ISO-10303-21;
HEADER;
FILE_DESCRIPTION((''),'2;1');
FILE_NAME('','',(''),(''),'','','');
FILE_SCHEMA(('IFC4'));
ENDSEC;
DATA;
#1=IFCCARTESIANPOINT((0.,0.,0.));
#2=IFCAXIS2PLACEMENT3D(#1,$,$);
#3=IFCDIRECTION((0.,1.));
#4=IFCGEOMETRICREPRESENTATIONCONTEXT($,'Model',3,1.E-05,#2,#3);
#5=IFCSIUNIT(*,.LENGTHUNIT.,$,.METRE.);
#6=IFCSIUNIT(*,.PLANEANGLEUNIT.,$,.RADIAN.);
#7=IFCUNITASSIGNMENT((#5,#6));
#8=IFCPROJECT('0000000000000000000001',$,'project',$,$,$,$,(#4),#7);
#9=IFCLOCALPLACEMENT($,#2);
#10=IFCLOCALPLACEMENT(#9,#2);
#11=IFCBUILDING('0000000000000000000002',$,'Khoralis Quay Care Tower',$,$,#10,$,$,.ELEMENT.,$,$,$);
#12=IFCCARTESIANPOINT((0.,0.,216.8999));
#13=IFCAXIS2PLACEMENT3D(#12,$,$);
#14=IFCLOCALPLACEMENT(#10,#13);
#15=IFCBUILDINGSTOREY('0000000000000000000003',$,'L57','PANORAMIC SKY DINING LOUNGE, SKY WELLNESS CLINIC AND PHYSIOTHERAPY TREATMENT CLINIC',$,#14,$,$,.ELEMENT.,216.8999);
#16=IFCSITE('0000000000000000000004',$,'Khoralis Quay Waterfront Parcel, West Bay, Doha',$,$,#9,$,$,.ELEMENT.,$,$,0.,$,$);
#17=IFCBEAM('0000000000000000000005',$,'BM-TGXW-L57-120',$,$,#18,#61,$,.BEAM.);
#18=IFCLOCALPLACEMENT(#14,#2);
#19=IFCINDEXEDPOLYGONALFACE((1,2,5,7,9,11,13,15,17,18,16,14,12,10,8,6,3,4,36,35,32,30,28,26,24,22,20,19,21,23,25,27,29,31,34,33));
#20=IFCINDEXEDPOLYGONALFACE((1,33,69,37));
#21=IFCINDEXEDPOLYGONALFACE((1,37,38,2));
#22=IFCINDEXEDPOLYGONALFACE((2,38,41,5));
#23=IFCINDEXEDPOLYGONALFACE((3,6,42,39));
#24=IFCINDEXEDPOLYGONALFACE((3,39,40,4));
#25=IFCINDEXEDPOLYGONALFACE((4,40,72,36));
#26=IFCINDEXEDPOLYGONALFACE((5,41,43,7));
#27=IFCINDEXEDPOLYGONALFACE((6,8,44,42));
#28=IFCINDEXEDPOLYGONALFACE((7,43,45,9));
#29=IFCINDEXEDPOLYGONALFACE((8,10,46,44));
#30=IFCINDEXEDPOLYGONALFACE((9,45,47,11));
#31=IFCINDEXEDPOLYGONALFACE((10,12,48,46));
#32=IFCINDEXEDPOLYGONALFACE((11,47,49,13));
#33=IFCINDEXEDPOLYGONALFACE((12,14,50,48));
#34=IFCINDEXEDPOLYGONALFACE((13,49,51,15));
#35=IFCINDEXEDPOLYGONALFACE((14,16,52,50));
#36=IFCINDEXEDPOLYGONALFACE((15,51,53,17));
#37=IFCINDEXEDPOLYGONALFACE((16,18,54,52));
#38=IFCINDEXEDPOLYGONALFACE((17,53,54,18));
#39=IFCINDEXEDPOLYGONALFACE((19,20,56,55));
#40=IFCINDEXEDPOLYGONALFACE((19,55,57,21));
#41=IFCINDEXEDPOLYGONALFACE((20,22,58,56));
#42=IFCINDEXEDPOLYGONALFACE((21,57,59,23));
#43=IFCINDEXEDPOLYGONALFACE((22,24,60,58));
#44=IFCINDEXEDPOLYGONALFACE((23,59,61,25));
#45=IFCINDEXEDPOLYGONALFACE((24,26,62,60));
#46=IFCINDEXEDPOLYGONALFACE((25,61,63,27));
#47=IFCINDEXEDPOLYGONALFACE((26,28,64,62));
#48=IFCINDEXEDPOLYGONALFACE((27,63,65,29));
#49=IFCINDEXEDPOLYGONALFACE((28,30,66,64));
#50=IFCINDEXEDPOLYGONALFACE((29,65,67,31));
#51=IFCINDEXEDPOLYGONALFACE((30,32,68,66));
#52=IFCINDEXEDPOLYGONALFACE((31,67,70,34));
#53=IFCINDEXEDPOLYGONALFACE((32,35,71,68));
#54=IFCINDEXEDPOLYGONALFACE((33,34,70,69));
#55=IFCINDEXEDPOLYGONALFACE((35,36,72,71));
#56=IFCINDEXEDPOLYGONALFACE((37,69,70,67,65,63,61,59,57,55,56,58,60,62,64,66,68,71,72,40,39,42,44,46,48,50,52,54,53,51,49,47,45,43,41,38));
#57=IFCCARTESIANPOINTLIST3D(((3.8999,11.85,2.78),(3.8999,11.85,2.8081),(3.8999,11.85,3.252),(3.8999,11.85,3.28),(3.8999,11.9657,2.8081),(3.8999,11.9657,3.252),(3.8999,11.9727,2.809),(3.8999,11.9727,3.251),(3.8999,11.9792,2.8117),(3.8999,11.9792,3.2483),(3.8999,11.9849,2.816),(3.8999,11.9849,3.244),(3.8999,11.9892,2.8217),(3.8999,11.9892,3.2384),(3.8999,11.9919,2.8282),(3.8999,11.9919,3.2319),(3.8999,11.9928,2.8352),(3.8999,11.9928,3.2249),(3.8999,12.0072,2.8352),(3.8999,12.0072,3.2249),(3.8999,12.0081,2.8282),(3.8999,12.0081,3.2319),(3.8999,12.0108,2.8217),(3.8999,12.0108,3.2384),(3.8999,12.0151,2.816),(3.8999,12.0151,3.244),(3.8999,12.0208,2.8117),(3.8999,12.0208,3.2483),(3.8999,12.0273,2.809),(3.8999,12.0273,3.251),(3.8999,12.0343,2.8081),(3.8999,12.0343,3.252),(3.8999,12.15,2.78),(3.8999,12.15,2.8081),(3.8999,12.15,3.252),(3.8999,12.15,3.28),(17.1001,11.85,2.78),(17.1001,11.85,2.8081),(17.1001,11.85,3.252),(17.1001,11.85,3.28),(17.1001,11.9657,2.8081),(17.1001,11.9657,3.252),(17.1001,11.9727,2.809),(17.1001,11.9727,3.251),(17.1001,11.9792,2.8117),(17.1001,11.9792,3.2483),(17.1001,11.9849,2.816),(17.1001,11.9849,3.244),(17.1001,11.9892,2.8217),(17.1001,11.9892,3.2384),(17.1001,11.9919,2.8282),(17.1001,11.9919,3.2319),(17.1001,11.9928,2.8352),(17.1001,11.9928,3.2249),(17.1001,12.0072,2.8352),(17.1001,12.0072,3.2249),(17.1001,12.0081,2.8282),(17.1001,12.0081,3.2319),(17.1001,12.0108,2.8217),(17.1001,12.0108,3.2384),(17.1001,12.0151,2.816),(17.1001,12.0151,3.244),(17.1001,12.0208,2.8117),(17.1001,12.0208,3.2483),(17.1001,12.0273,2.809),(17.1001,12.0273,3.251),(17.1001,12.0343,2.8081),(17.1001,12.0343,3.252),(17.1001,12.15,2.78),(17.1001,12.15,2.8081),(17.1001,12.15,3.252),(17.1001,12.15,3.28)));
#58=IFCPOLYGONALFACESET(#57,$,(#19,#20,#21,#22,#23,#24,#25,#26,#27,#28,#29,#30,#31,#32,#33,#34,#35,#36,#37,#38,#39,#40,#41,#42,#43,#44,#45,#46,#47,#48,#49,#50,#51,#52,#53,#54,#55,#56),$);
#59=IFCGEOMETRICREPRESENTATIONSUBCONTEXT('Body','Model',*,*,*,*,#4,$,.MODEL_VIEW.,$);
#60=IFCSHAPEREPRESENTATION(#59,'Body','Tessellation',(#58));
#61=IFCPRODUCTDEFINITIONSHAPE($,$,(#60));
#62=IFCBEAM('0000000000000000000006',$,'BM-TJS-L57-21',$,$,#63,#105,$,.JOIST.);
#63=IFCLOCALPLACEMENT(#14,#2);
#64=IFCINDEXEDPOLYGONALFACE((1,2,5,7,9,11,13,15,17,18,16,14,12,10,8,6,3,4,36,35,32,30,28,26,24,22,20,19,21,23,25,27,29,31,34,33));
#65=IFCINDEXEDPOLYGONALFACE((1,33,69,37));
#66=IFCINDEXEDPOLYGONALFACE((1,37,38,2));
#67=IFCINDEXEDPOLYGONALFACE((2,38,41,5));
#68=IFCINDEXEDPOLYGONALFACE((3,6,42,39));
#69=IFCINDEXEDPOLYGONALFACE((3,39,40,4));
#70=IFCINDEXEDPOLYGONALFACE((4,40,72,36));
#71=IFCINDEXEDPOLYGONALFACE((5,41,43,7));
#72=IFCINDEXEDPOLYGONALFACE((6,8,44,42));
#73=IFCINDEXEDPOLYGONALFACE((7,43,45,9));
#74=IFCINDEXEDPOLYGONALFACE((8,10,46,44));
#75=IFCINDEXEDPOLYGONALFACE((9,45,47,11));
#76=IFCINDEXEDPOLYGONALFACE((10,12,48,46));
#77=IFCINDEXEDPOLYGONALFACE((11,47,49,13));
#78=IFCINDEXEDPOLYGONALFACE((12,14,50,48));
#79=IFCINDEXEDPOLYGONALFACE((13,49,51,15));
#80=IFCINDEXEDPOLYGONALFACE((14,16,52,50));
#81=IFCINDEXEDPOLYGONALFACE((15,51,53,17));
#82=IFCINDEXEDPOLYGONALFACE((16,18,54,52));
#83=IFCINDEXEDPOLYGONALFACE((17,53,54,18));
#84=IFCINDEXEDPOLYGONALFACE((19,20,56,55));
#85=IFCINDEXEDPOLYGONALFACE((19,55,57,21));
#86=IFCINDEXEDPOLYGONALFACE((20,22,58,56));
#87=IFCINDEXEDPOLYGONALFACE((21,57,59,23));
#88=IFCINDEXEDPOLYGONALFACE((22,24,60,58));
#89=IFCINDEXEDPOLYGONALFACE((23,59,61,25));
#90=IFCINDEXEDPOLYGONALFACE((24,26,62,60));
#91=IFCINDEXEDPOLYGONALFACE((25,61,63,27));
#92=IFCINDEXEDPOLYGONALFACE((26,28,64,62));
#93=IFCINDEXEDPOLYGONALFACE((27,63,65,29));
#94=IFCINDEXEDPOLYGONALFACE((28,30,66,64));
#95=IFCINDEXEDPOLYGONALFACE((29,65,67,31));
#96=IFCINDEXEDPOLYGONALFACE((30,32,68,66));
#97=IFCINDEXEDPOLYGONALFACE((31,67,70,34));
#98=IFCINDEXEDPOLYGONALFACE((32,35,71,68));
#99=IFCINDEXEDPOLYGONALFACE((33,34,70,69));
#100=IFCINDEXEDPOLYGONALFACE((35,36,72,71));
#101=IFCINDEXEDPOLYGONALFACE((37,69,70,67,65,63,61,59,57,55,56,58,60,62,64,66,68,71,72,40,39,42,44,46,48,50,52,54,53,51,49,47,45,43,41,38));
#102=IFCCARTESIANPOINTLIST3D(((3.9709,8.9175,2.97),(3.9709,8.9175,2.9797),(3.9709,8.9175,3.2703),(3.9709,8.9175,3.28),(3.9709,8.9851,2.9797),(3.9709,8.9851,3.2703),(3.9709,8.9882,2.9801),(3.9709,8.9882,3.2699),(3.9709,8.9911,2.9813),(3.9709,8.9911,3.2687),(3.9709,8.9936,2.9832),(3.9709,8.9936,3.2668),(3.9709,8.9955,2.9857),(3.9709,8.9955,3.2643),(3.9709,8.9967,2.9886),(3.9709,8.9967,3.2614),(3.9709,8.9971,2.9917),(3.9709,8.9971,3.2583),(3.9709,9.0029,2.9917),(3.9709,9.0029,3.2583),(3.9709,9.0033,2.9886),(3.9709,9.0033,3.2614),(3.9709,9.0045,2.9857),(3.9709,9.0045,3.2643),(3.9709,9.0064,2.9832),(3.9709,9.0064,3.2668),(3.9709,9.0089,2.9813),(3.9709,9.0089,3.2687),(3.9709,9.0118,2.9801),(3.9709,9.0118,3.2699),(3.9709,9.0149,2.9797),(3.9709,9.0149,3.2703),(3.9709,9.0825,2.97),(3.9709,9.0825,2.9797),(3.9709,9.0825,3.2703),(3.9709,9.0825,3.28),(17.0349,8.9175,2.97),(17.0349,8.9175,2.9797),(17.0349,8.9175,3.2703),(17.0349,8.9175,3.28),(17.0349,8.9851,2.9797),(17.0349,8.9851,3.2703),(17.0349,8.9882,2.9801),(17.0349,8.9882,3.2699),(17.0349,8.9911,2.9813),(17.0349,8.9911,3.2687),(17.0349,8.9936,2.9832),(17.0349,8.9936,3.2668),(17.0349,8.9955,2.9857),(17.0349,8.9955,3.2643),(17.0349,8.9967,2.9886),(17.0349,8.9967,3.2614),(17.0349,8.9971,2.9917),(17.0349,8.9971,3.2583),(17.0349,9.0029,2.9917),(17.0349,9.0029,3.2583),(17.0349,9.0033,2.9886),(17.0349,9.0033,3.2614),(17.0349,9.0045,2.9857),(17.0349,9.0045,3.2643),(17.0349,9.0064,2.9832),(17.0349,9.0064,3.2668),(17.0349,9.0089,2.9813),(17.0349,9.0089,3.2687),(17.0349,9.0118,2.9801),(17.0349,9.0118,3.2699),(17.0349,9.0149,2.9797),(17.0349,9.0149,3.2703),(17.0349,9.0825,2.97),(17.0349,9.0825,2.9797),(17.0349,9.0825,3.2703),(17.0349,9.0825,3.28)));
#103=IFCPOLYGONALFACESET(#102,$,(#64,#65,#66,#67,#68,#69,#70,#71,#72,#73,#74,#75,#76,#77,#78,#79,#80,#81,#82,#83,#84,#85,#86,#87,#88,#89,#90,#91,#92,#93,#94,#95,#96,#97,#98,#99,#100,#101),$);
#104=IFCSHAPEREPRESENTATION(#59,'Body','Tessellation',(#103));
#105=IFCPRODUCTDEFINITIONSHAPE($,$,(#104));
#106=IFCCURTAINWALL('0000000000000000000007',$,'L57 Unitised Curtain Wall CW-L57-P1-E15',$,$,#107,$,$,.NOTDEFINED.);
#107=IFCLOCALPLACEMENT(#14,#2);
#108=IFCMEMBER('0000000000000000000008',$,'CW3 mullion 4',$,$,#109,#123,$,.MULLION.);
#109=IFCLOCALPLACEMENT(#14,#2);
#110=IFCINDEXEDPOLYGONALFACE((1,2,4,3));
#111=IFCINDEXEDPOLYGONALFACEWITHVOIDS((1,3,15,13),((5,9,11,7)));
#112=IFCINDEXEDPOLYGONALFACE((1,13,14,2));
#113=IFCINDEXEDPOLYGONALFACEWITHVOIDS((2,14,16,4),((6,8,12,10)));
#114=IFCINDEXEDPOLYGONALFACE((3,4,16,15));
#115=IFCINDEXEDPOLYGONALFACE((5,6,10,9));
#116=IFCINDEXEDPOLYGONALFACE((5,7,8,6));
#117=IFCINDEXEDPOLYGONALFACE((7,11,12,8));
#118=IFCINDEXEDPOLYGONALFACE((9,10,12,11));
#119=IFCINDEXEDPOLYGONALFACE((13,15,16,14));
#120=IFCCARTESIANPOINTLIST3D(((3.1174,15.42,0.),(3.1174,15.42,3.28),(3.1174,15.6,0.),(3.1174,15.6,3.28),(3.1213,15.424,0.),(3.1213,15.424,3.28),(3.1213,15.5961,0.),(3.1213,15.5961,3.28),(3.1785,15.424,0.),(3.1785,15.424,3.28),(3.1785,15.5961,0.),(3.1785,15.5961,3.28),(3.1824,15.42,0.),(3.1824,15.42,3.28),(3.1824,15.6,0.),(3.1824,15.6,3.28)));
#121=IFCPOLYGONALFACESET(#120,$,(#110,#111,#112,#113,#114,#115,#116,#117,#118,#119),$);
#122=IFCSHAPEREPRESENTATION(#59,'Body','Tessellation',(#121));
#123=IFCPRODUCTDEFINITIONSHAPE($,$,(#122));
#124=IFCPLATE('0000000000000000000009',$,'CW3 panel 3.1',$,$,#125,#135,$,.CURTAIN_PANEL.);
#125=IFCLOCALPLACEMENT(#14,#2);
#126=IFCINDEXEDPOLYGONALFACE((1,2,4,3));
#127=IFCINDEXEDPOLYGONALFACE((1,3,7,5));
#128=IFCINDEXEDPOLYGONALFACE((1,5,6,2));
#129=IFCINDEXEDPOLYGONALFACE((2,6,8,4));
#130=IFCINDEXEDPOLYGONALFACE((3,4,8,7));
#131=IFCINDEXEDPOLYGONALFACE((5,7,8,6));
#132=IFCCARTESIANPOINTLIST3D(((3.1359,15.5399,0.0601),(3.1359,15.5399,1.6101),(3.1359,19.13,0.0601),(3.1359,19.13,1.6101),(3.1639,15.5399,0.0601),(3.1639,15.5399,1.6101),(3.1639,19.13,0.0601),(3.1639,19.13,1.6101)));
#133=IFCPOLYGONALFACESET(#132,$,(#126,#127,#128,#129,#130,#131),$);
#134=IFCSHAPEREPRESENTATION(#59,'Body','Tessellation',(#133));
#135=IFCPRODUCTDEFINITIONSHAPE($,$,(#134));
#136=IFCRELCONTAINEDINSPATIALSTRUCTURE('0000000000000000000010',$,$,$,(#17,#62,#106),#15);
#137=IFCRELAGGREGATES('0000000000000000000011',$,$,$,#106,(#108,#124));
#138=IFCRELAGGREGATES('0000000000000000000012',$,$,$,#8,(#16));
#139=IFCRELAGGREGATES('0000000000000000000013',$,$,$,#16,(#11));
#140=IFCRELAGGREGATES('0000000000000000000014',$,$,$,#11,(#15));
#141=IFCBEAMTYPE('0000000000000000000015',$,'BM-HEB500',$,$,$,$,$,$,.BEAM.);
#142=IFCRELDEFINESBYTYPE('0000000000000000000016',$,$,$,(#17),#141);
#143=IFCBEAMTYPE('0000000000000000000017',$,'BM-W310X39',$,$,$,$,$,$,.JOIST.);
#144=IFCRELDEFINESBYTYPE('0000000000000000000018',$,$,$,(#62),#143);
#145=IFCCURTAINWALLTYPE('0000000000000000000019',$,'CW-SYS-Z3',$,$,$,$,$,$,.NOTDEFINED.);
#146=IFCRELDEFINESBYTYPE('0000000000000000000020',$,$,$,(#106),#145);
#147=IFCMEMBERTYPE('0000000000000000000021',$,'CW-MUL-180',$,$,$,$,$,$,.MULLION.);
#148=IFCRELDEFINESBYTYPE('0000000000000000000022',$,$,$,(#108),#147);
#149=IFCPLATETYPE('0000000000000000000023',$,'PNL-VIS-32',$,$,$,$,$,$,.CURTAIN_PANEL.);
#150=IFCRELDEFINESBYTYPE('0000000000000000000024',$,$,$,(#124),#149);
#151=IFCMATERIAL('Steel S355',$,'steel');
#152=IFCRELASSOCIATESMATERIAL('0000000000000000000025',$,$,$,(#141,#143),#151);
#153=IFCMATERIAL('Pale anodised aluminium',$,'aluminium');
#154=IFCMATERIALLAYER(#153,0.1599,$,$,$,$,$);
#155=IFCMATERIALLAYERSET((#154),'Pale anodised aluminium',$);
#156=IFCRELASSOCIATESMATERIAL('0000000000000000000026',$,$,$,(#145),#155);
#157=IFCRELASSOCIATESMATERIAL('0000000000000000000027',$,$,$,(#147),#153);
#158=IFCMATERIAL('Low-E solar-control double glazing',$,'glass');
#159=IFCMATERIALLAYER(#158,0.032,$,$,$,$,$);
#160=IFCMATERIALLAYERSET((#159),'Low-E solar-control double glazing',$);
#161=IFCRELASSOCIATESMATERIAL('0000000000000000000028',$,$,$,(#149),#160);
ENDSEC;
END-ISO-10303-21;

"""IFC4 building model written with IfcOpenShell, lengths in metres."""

from ifc_helpers import new_model, si_unit, direction, frame, origin, origin_2d, place, context, subcontext, project, spatial, rectangle, hollow_rectangle, i_section, extrude, source, transform, mapped, material, layer, layer_set, material_profile, profile_set, type_object, element, aggregate, save


model = new_model("IFC4")

# Units and contexts
model_context = context("Model", 3, precision=1e-05, world=origin(), true_north=direction((0.0, 1.0)))
body_context = subcontext(model_context, "Body", "Model", "MODEL_VIEW")
ifc_project = project(units=[si_unit("LENGTHUNIT", "METRE"), si_unit("PLANEANGLEUNIT", "RADIAN")], contexts=[model_context])

# Site, building, storey
site_placement = place(None, origin())
site = spatial("IfcSite", under=ifc_project, at=site_placement, Name="Khoralis Quay Waterfront Parcel, West Bay, Doha", CompositionType="ELEMENT", RefElevation=0.0)
building_placement = place(site_placement, origin())
building = spatial("IfcBuilding", under=site, at=building_placement, Name="Khoralis Quay Care Tower", CompositionType="ELEMENT")
storey_placement = place(building_placement, frame((0.0, 0.0, 216.8999)))
storey = spatial("IfcBuildingStorey", under=building, at=storey_placement, Name="L57", Description="PANORAMIC SKY DINING LOUNGE, SKY WELLNESS CLINIC AND PHYSIOTHERAPY TREATMENT CLINIC", CompositionType="ELEMENT", Elevation=216.8999)

# Beams
ifc_material_1 = material(Name="Steel S355", Category="steel")
ifc_material_profile_1 = material_profile(ifc_material_1, i_section(OverallWidth=0.3, OverallDepth=0.5, WebThickness=0.0144, FlangeThickness=0.0281, FilletRadius=0.0271, at=origin_2d()), Name="Steel S355")
ifc_profile_set_1 = profile_set([ifc_material_profile_1], Name="Steel S355")
beam_type_1 = type_object("IfcBeamType", Name="BM-HEB500", PredefinedType="BEAM", material=ifc_profile_set_1)
shared_shape_1 = source(origin(), body_context, "Body", "SweptSolid", [
    extrude(i_section(OverallWidth=0.3, OverallDepth=0.5, WebThickness=0.0144, FlangeThickness=0.0281, FilletRadius=0.0271, at=origin_2d()), origin(), (0.0, 0.0, 1.0), 13.2002),
])
beam_1_placement = place(storey_placement, frame((3.8999, 12.0, 3.03), z_axis=(1.0, 0.0, 0.0), x_axis=(0.0, 1.0, 0.0)))
element("IfcBeam", 1, at=beam_1_placement, inside=storey, type_object=beam_type_1, Name="BM-TGXW-L57-120", PredefinedType="BEAM", context=body_context, shape_type="MappedRepresentation", body=[
    mapped(shared_shape_1, transform((0.0, 0.0, 0.0), scale=1.0)),
])
ifc_material_profile_2 = material_profile(ifc_material_1, i_section(OverallWidth=0.165, OverallDepth=0.3101, WebThickness=0.0059, FlangeThickness=0.0098, FilletRadius=0.012, at=origin_2d()), Name="Steel S355")
ifc_profile_set_2 = profile_set([ifc_material_profile_2], Name="Steel S355")
beam_type_2 = type_object("IfcBeamType", Name="BM-W310X39", PredefinedType="JOIST", material=ifc_profile_set_2)
shared_shape_2 = source(origin(), body_context, "Body", "SweptSolid", [
    extrude(i_section(OverallWidth=0.165, OverallDepth=0.3101, WebThickness=0.0059, FlangeThickness=0.0098, FilletRadius=0.012, at=origin_2d()), origin(), (0.0, 0.0, 1.0), 13.064),
])
beam_2_placement = place(storey_placement, frame((3.9709, 9.0, 3.125), z_axis=(1.0, 0.0, 0.0), x_axis=(0.0, 1.0, 0.0)))
element("IfcBeam", 2, at=beam_2_placement, inside=storey, type_object=beam_type_2, Name="BM-TJS-L57-21", PredefinedType="JOIST", context=body_context, shape_type="MappedRepresentation", body=[
    mapped(shared_shape_2, transform((0.0, 0.0, 0.0), scale=1.0)),
])

# Curtain wall, member, plate
ifc_material_2 = material(Name="Pale anodised aluminium", Category="aluminium")
ifc_layer_1 = layer(ifc_material_2, 0.1599)
ifc_layer_set_1 = layer_set([ifc_layer_1], Name="Pale anodised aluminium")
curtain_wall_type = type_object("IfcCurtainWallType", Name="CW-SYS-Z3", PredefinedType="NOTDEFINED", material=ifc_layer_set_1)
curtain_wall_placement = place(storey_placement, origin())
curtain_wall = element("IfcCurtainWall", 3, at=curtain_wall_placement, inside=storey, type_object=curtain_wall_type, Name="L57 Unitised Curtain Wall CW-L57-P1-E15", PredefinedType="NOTDEFINED")
ifc_material_profile_3 = material_profile(ifc_material_2, hollow_rectangle(XDim=0.0649, YDim=0.1799, WallThickness=0.0039, at=origin_2d()), Name="Pale anodised aluminium")
ifc_profile_set_3 = profile_set([ifc_material_profile_3], Name="Pale anodised aluminium")
member_type = type_object("IfcMemberType", Name="CW-MUL-180", PredefinedType="MULLION", material=ifc_profile_set_3)
shared_shape_3 = source(origin(), body_context, "Body", "SweptSolid", [
    extrude(hollow_rectangle(XDim=0.0649, YDim=0.1799, WallThickness=0.0039, at=origin_2d()), origin(), (0.0, 0.0, 1.0), 3.28),
])
member_placement = place(storey_placement, frame((3.1499, 15.51, 0.0), z_axis=(0.0, 0.0, 1.0), x_axis=(1.0, 0.0, 0.0)))
member = element("IfcMember", 4, at=member_placement, type_object=member_type, Name="CW3 mullion 4", PredefinedType="MULLION", context=body_context, shape_type="MappedRepresentation", body=[
    mapped(shared_shape_3, transform((0.0, 0.0, 0.0), scale=1.0)),
])
ifc_material_3 = material(Name="Low-E solar-control double glazing", Category="glass")
ifc_layer_2 = layer(ifc_material_3, 0.032)
ifc_layer_set_2 = layer_set([ifc_layer_2], Name="Low-E solar-control double glazing")
plate_type = type_object("IfcPlateType", Name="PNL-VIS-32", PredefinedType="CURTAIN_PANEL", material=ifc_layer_set_2)
shared_shape_4 = source(origin(), body_context, "Body", "SweptSolid", [
    extrude(rectangle(XDim=3.5901, YDim=0.0281, at=origin_2d()), origin(), (0.0, 0.0, 1.0), 1.55),
])
plate_placement = place(storey_placement, frame((3.1499, 17.335, 0.0601), z_axis=(0.0, 0.0, 1.0), x_axis=(0.0, -1.0, 0.0)))
plate = element("IfcPlate", 5, at=plate_placement, type_object=plate_type, Name="CW3 panel 3.1", PredefinedType="CURTAIN_PANEL", context=body_context, shape_type="MappedRepresentation", body=[
    mapped(shared_shape_4, transform((0.0, 0.0, 0.0), scale=1.0)),
])
aggregate(curtain_wall, [member, plate])

save(model, "model.ifc")
